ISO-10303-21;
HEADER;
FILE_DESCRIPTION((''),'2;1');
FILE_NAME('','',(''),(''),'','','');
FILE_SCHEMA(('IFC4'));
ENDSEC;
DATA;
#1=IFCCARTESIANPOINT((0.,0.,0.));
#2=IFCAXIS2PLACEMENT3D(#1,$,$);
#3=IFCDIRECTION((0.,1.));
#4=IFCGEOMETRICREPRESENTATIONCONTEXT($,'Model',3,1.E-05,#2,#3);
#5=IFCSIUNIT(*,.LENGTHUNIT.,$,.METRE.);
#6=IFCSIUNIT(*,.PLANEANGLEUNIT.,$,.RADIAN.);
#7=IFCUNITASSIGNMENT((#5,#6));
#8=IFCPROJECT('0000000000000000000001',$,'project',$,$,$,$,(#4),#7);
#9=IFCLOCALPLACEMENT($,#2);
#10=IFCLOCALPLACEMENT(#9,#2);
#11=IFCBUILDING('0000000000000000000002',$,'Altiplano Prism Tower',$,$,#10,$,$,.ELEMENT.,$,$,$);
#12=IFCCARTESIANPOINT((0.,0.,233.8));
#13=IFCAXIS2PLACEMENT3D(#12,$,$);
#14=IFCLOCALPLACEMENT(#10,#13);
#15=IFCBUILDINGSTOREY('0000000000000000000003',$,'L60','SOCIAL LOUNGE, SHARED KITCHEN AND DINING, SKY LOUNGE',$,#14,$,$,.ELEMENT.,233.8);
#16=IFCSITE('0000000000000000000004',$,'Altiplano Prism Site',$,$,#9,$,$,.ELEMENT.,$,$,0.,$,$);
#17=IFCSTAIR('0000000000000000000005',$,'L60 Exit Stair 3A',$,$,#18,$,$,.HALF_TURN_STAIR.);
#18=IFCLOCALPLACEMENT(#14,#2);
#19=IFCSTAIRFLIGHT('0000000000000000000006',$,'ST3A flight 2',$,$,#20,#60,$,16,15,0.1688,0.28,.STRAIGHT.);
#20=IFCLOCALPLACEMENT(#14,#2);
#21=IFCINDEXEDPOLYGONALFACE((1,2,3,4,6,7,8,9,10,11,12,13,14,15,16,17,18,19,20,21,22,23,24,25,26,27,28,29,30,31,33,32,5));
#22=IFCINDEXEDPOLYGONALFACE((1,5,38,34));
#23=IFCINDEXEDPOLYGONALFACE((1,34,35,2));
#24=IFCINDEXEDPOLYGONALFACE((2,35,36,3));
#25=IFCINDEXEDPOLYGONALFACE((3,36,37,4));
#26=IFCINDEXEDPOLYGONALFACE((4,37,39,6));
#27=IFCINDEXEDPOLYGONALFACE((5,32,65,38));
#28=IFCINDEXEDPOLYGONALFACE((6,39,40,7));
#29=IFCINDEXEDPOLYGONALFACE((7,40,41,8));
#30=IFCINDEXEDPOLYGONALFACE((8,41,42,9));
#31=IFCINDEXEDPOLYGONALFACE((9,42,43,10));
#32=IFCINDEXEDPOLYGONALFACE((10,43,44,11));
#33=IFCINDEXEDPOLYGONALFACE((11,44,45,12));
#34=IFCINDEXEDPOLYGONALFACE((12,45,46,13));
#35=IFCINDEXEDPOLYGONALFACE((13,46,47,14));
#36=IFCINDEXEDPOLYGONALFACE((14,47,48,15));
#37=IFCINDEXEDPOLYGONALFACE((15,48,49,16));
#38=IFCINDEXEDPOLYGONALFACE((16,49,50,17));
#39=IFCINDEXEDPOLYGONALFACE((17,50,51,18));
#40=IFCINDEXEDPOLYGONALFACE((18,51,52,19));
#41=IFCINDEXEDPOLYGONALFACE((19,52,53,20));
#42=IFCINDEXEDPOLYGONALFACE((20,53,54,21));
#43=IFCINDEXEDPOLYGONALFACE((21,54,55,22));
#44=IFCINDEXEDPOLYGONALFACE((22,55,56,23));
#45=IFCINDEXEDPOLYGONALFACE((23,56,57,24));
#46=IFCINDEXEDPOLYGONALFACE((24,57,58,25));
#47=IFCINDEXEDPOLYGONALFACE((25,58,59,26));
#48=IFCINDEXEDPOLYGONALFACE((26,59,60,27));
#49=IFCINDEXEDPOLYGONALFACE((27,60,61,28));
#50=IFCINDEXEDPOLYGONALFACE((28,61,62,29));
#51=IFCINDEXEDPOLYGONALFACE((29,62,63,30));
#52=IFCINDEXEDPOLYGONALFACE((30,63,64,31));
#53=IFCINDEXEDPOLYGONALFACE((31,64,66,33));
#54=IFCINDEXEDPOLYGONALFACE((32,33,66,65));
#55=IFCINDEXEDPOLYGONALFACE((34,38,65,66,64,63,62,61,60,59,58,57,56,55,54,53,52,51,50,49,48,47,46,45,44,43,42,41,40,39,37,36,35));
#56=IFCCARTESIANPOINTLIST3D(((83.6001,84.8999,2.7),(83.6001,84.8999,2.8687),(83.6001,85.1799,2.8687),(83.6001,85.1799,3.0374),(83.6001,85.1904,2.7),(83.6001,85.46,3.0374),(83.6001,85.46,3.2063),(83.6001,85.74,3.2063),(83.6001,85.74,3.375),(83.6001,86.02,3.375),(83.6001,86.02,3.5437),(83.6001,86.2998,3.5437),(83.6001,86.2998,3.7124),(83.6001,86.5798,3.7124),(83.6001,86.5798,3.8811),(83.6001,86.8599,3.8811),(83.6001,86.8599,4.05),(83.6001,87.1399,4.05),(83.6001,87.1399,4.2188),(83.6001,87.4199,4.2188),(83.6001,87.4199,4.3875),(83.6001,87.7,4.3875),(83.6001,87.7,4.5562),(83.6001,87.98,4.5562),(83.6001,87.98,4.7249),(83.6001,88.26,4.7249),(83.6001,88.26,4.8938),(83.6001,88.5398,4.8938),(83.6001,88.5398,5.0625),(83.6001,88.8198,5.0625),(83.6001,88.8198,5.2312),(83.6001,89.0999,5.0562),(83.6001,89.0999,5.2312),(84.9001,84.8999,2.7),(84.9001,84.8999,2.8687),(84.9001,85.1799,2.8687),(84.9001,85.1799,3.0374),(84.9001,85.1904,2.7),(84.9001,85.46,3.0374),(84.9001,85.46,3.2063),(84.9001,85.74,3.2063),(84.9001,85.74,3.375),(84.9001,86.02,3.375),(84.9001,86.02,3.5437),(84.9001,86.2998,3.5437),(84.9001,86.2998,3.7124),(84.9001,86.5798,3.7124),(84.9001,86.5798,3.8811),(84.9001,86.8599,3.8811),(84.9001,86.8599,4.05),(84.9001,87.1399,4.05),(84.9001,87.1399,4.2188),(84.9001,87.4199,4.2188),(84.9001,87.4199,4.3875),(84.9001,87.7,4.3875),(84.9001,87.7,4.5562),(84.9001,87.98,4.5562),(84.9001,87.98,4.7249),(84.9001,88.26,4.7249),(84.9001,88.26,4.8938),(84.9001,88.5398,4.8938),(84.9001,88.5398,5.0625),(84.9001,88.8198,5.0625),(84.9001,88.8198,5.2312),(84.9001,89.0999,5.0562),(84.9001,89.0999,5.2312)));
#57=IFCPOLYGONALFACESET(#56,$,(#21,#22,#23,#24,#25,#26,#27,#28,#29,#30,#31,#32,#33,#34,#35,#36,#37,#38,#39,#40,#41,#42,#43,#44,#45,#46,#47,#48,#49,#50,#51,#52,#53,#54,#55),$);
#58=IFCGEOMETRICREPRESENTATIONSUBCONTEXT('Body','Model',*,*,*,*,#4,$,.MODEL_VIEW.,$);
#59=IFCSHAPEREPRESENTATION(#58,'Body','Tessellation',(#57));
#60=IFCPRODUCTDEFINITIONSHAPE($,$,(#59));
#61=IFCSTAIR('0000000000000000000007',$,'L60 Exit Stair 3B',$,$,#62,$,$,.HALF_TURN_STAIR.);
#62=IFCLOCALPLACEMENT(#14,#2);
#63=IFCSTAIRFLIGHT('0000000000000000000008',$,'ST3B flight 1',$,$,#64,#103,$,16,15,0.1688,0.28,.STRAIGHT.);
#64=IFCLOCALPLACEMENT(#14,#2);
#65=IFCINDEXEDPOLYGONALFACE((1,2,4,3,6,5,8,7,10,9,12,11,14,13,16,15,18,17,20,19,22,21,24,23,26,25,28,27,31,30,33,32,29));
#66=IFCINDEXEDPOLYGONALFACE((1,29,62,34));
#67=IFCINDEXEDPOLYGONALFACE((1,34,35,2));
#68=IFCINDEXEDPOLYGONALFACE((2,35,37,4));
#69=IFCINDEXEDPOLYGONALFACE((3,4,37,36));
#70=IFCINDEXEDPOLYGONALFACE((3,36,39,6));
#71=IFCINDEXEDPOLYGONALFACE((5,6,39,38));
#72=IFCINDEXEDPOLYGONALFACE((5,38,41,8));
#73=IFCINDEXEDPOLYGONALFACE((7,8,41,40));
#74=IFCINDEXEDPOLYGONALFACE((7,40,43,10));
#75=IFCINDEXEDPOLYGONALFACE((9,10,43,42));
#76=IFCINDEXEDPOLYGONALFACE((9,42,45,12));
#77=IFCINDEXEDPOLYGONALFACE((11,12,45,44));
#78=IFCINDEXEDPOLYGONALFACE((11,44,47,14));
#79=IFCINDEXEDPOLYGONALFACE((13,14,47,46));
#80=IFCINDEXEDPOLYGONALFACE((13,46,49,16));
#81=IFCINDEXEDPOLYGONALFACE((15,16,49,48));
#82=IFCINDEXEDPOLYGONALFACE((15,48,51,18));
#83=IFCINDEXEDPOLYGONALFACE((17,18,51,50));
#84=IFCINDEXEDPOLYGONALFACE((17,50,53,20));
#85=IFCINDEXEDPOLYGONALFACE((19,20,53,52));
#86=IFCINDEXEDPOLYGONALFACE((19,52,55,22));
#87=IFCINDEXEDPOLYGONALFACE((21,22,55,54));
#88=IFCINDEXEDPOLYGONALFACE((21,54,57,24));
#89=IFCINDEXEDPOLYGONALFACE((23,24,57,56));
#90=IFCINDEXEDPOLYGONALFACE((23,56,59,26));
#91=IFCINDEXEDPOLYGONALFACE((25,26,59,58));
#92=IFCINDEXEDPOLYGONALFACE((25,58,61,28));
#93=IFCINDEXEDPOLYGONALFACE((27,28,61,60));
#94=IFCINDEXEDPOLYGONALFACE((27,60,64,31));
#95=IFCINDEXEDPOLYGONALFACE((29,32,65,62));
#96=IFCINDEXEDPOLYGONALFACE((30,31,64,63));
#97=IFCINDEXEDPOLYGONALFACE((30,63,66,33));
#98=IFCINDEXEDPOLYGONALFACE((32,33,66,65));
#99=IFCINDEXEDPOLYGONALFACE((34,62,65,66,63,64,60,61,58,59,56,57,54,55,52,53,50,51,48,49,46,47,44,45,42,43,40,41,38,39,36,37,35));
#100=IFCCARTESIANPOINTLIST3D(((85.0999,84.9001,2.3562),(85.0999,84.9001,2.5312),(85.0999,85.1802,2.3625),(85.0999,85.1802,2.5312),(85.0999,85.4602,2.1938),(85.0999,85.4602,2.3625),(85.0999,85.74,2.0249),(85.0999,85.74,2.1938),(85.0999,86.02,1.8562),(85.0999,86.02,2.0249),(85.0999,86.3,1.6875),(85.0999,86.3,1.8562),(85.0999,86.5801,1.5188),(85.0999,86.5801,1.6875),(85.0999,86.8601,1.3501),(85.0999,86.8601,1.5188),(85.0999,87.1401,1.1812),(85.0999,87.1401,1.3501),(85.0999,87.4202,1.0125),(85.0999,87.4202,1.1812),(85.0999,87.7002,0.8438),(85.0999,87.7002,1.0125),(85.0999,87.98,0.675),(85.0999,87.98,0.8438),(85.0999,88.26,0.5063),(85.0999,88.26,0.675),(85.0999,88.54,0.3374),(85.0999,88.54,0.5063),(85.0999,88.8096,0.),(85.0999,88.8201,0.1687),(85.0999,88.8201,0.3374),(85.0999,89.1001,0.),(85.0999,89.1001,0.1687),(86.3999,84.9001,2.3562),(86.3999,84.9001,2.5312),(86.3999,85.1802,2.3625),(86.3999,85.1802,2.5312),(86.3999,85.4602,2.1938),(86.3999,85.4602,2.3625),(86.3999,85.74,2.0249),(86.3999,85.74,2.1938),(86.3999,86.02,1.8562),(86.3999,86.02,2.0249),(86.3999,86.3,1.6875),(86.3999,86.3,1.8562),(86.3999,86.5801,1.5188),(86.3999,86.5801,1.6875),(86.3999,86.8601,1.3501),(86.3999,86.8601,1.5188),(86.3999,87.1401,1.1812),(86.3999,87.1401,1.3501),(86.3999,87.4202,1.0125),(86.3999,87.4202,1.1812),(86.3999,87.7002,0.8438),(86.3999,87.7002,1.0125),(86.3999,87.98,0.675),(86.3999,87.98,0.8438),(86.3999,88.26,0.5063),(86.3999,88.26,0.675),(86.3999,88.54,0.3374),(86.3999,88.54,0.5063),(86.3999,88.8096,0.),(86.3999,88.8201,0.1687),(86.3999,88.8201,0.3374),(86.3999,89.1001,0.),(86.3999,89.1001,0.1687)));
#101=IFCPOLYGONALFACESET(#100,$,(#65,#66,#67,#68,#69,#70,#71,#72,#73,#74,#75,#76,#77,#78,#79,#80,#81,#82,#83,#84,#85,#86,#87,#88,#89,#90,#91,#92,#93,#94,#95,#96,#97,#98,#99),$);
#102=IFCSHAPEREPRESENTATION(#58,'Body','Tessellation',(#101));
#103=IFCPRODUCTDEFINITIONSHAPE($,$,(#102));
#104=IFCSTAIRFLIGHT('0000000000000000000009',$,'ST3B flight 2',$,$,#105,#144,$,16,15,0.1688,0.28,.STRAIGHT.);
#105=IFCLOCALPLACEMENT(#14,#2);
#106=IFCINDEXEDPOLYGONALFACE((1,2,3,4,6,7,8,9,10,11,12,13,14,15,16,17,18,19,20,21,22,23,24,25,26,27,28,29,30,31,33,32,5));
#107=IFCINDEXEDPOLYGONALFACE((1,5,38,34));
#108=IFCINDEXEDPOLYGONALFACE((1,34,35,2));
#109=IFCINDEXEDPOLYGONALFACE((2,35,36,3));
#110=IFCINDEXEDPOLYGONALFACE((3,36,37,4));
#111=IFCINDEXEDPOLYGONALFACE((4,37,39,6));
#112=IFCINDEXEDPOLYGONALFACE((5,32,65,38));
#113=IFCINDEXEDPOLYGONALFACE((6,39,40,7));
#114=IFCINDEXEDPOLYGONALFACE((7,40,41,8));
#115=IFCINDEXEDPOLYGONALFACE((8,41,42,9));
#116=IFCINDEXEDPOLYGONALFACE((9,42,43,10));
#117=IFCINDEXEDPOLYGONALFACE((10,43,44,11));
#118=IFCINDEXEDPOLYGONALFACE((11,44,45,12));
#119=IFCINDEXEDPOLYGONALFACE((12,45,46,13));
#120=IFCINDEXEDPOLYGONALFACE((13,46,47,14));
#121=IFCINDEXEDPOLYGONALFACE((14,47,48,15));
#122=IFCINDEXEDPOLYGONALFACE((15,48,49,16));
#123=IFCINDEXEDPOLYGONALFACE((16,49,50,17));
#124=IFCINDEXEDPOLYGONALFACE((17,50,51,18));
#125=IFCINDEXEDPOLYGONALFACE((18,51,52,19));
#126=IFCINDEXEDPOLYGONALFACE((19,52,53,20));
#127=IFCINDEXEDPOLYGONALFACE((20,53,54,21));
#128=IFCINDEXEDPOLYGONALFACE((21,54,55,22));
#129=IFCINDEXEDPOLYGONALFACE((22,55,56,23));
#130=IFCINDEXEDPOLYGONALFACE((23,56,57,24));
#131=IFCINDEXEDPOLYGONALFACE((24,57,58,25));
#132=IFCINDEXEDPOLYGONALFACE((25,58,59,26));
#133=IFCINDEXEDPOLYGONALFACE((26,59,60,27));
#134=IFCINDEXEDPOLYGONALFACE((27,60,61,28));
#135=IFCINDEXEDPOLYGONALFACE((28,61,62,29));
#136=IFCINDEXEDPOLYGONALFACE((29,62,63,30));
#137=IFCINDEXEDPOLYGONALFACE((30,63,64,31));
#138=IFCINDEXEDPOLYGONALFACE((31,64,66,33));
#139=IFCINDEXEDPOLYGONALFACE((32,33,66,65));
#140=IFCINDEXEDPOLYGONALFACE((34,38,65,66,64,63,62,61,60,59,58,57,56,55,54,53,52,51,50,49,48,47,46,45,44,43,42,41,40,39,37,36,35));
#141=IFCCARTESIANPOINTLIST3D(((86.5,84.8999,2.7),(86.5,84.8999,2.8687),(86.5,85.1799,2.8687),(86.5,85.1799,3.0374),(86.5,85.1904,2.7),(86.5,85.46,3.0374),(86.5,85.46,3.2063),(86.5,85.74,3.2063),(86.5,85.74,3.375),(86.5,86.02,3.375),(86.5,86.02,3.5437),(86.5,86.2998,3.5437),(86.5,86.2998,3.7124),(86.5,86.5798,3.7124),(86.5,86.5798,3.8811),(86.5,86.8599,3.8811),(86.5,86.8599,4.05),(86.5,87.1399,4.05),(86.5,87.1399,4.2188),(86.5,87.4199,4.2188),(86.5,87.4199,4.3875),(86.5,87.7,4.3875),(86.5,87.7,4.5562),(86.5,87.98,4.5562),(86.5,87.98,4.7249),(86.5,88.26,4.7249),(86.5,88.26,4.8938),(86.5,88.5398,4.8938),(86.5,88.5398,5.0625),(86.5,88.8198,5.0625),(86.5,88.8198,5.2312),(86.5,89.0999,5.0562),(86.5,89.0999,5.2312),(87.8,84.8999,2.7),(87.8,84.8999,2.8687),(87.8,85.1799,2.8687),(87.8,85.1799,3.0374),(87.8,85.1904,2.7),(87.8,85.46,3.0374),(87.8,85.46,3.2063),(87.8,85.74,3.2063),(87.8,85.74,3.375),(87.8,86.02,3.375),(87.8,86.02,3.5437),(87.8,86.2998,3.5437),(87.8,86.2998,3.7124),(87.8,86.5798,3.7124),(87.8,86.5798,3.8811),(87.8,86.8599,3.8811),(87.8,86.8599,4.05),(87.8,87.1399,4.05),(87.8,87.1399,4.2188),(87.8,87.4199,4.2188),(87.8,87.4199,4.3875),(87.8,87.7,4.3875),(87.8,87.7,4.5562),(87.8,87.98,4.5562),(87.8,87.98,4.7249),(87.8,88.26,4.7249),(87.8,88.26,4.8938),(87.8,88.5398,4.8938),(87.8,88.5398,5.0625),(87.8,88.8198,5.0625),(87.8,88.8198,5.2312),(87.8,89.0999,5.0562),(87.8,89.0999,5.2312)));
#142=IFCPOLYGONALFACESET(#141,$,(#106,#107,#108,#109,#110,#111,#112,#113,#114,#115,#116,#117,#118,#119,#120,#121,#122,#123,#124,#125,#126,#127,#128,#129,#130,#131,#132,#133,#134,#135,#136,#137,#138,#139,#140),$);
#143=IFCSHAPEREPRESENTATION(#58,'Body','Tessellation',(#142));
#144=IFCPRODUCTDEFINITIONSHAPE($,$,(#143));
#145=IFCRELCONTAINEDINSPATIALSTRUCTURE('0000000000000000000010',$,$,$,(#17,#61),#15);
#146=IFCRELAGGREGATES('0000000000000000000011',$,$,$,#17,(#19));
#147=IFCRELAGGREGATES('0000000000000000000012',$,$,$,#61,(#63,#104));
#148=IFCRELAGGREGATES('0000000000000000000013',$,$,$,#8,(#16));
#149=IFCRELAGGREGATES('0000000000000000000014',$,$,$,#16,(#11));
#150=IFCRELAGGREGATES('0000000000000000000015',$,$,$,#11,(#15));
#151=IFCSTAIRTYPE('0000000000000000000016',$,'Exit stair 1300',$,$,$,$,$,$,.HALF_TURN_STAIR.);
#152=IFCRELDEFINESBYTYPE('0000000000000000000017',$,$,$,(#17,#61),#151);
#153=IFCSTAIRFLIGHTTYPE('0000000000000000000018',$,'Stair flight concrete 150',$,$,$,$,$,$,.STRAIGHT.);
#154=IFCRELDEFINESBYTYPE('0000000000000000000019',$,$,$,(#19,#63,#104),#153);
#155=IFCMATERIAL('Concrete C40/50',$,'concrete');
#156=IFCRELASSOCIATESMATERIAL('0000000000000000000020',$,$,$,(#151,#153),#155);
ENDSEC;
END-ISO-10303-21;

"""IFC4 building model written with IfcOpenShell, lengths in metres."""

from ifc_helpers import new_model, si_unit, direction, frame, origin, place, context, subcontext, project, spatial, polyline, outline, extrude, material, type_object, element, aggregate, save


model = new_model("IFC4")

# Units and contexts
model_context = context("Model", 3, precision=1e-05, world=origin(), true_north=direction((0.0, 1.0)))
body_context = subcontext(model_context, "Body", "Model", "MODEL_VIEW")
ifc_project = project(units=[si_unit("LENGTHUNIT", "METRE"), si_unit("PLANEANGLEUNIT", "RADIAN")], contexts=[model_context])

# Site, building, storey
site_placement = place(None, origin())
site = spatial("IfcSite", under=ifc_project, at=site_placement, Name="Altiplano Prism Site", CompositionType="ELEMENT", RefElevation=0.0)
building_placement = place(site_placement, origin())
building = spatial("IfcBuilding", under=site, at=building_placement, Name="Altiplano Prism Tower", CompositionType="ELEMENT")
storey_placement = place(building_placement, frame((0.0, 0.0, 233.8)))
storey = spatial("IfcBuildingStorey", under=building, at=storey_placement, Name="L60", Description="SOCIAL LOUNGE, SHARED KITCHEN AND DINING, SKY LOUNGE", CompositionType="ELEMENT", Elevation=233.8)

# Stair, stair flight
ifc_material_1 = material(Name="Concrete C40/50", Category="concrete")
stair_type = type_object("IfcStairType", Name="Exit stair 1300", PredefinedType="HALF_TURN_STAIR", material=ifc_material_1)
stair_1_placement = place(storey_placement, origin())
stair_1 = element("IfcStair", 1, at=stair_1_placement, inside=storey, type_object=stair_type, Name="L60 Exit Stair 3A", PredefinedType="HALF_TURN_STAIR")
stair_flight_type = type_object("IfcStairFlightType", Name="Stair flight concrete 150", PredefinedType="STRAIGHT", material=ifc_material_1)
stair_flight_1_placement = place(storey_placement, frame((84.25, 84.8999, 2.7), z_axis=(0.0, 0.0, 1.0), x_axis=(0.0, 1.0, 0.0)))
stair_flight_1 = element("IfcStairFlight", 2, at=stair_flight_1_placement, type_object=stair_flight_type, Name="ST3A flight 2", NumberOfRisers=16, NumberOfTreads=15, PredefinedType="STRAIGHT", RiserHeight=0.1688, TreadLength=0.28, context=body_context, shape_type="SweptSolid", body=[
    extrude(outline(polyline([(0.0, 0.0), (0.0, 0.1687), (0.28, 0.1687), (0.28, 0.3374), (0.5601, 0.3374), (0.5601, 0.5063), (0.8401, 0.5063), (0.8401, 0.675), (1.1201, 0.675), (1.1201, 0.8438), (1.3999, 0.8438), (1.3999, 1.0125), (1.6799, 1.0125), (1.6799, 1.1812), (1.96, 1.1812), (1.96, 1.3501), (2.24, 1.3501), (2.24, 1.5188), (2.52, 1.5188), (2.52, 1.6875), (2.8, 1.6875), (2.8, 1.8562), (3.0801, 1.8562), (3.0801, 2.0249), (3.3601, 2.0249), (3.3601, 2.1938), (3.6399, 2.1938), (3.6399, 2.3625), (3.9199, 2.3625), (3.9199, 2.5312), (4.2, 2.5312), (4.2, 2.7), (4.2, 2.3562), (0.2905, 0.0), (0.0, 0.0)])), frame((0.0, 0.6499, 0.0), z_axis=(0.0, -1.0, 0.0), x_axis=(1.0, 0.0, 0.0)), (0.0, 0.0, 1.0), 1.3),
])
aggregate(stair_1, [stair_flight_1])

# Stair, stair flights
stair_2_placement = place(storey_placement, origin())
stair_2 = element("IfcStair", 3, at=stair_2_placement, inside=storey, type_object=stair_type, Name="L60 Exit Stair 3B", PredefinedType="HALF_TURN_STAIR")
stair_flight_2_placement = place(storey_placement, frame((85.75, 89.1001, 0.0), z_axis=(0.0, 0.0, 1.0), x_axis=(0.0, -1.0, 0.0)))
stair_flight_2 = element("IfcStairFlight", 4, at=stair_flight_2_placement, type_object=stair_flight_type, Name="ST3B flight 1", NumberOfRisers=16, NumberOfTreads=15, PredefinedType="STRAIGHT", RiserHeight=0.1688, TreadLength=0.28, context=body_context, shape_type="SweptSolid", body=[
    extrude(outline(polyline([(0.0, 0.0), (0.0, 0.1687), (0.28, 0.1687), (0.28, 0.3374), (0.5601, 0.3374), (0.5601, 0.5063), (0.8401, 0.5063), (0.8401, 0.675), (1.1201, 0.675), (1.1201, 0.8438), (1.3999, 0.8438), (1.3999, 1.0125), (1.6799, 1.0125), (1.6799, 1.1812), (1.96, 1.1812), (1.96, 1.3501), (2.24, 1.3501), (2.24, 1.5188), (2.52, 1.5188), (2.52, 1.6875), (2.8, 1.6875), (2.8, 1.8562), (3.0801, 1.8562), (3.0801, 2.0249), (3.3601, 2.0249), (3.3601, 2.1938), (3.6399, 2.1938), (3.6399, 2.3625), (3.9199, 2.3625), (3.9199, 2.5312), (4.2, 2.5312), (4.2, 2.7), (4.2, 2.3562), (0.2905, 0.0), (0.0, 0.0)])), frame((0.0, 0.6499, 0.0), z_axis=(0.0, -1.0, 0.0), x_axis=(1.0, 0.0, 0.0)), (0.0, 0.0, 1.0), 1.3),
])
stair_flight_3_placement = place(storey_placement, frame((87.1499, 84.8999, 2.7), z_axis=(0.0, 0.0, 1.0), x_axis=(0.0, 1.0, 0.0)))
stair_flight_3 = element("IfcStairFlight", 5, at=stair_flight_3_placement, type_object=stair_flight_type, Name="ST3B flight 2", NumberOfRisers=16, NumberOfTreads=15, PredefinedType="STRAIGHT", RiserHeight=0.1688, TreadLength=0.28, context=body_context, shape_type="SweptSolid", body=[
    extrude(outline(polyline([(0.0, 0.0), (0.0, 0.1687), (0.28, 0.1687), (0.28, 0.3374), (0.5601, 0.3374), (0.5601, 0.5063), (0.8401, 0.5063), (0.8401, 0.675), (1.1201, 0.675), (1.1201, 0.8438), (1.3999, 0.8438), (1.3999, 1.0125), (1.6799, 1.0125), (1.6799, 1.1812), (1.96, 1.1812), (1.96, 1.3501), (2.24, 1.3501), (2.24, 1.5188), (2.52, 1.5188), (2.52, 1.6875), (2.8, 1.6875), (2.8, 1.8562), (3.0801, 1.8562), (3.0801, 2.0249), (3.3601, 2.0249), (3.3601, 2.1938), (3.6399, 2.1938), (3.6399, 2.3625), (3.9199, 2.3625), (3.9199, 2.5312), (4.2, 2.5312), (4.2, 2.7), (4.2, 2.3562), (0.2905, 0.0), (0.0, 0.0)])), frame((0.0, 0.6499, 0.0), z_axis=(0.0, -1.0, 0.0), x_axis=(1.0, 0.0, 0.0)), (0.0, 0.0, 1.0), 1.3),
])
aggregate(stair_2, [stair_flight_2, stair_flight_3])

save(model, "model.ifc")
